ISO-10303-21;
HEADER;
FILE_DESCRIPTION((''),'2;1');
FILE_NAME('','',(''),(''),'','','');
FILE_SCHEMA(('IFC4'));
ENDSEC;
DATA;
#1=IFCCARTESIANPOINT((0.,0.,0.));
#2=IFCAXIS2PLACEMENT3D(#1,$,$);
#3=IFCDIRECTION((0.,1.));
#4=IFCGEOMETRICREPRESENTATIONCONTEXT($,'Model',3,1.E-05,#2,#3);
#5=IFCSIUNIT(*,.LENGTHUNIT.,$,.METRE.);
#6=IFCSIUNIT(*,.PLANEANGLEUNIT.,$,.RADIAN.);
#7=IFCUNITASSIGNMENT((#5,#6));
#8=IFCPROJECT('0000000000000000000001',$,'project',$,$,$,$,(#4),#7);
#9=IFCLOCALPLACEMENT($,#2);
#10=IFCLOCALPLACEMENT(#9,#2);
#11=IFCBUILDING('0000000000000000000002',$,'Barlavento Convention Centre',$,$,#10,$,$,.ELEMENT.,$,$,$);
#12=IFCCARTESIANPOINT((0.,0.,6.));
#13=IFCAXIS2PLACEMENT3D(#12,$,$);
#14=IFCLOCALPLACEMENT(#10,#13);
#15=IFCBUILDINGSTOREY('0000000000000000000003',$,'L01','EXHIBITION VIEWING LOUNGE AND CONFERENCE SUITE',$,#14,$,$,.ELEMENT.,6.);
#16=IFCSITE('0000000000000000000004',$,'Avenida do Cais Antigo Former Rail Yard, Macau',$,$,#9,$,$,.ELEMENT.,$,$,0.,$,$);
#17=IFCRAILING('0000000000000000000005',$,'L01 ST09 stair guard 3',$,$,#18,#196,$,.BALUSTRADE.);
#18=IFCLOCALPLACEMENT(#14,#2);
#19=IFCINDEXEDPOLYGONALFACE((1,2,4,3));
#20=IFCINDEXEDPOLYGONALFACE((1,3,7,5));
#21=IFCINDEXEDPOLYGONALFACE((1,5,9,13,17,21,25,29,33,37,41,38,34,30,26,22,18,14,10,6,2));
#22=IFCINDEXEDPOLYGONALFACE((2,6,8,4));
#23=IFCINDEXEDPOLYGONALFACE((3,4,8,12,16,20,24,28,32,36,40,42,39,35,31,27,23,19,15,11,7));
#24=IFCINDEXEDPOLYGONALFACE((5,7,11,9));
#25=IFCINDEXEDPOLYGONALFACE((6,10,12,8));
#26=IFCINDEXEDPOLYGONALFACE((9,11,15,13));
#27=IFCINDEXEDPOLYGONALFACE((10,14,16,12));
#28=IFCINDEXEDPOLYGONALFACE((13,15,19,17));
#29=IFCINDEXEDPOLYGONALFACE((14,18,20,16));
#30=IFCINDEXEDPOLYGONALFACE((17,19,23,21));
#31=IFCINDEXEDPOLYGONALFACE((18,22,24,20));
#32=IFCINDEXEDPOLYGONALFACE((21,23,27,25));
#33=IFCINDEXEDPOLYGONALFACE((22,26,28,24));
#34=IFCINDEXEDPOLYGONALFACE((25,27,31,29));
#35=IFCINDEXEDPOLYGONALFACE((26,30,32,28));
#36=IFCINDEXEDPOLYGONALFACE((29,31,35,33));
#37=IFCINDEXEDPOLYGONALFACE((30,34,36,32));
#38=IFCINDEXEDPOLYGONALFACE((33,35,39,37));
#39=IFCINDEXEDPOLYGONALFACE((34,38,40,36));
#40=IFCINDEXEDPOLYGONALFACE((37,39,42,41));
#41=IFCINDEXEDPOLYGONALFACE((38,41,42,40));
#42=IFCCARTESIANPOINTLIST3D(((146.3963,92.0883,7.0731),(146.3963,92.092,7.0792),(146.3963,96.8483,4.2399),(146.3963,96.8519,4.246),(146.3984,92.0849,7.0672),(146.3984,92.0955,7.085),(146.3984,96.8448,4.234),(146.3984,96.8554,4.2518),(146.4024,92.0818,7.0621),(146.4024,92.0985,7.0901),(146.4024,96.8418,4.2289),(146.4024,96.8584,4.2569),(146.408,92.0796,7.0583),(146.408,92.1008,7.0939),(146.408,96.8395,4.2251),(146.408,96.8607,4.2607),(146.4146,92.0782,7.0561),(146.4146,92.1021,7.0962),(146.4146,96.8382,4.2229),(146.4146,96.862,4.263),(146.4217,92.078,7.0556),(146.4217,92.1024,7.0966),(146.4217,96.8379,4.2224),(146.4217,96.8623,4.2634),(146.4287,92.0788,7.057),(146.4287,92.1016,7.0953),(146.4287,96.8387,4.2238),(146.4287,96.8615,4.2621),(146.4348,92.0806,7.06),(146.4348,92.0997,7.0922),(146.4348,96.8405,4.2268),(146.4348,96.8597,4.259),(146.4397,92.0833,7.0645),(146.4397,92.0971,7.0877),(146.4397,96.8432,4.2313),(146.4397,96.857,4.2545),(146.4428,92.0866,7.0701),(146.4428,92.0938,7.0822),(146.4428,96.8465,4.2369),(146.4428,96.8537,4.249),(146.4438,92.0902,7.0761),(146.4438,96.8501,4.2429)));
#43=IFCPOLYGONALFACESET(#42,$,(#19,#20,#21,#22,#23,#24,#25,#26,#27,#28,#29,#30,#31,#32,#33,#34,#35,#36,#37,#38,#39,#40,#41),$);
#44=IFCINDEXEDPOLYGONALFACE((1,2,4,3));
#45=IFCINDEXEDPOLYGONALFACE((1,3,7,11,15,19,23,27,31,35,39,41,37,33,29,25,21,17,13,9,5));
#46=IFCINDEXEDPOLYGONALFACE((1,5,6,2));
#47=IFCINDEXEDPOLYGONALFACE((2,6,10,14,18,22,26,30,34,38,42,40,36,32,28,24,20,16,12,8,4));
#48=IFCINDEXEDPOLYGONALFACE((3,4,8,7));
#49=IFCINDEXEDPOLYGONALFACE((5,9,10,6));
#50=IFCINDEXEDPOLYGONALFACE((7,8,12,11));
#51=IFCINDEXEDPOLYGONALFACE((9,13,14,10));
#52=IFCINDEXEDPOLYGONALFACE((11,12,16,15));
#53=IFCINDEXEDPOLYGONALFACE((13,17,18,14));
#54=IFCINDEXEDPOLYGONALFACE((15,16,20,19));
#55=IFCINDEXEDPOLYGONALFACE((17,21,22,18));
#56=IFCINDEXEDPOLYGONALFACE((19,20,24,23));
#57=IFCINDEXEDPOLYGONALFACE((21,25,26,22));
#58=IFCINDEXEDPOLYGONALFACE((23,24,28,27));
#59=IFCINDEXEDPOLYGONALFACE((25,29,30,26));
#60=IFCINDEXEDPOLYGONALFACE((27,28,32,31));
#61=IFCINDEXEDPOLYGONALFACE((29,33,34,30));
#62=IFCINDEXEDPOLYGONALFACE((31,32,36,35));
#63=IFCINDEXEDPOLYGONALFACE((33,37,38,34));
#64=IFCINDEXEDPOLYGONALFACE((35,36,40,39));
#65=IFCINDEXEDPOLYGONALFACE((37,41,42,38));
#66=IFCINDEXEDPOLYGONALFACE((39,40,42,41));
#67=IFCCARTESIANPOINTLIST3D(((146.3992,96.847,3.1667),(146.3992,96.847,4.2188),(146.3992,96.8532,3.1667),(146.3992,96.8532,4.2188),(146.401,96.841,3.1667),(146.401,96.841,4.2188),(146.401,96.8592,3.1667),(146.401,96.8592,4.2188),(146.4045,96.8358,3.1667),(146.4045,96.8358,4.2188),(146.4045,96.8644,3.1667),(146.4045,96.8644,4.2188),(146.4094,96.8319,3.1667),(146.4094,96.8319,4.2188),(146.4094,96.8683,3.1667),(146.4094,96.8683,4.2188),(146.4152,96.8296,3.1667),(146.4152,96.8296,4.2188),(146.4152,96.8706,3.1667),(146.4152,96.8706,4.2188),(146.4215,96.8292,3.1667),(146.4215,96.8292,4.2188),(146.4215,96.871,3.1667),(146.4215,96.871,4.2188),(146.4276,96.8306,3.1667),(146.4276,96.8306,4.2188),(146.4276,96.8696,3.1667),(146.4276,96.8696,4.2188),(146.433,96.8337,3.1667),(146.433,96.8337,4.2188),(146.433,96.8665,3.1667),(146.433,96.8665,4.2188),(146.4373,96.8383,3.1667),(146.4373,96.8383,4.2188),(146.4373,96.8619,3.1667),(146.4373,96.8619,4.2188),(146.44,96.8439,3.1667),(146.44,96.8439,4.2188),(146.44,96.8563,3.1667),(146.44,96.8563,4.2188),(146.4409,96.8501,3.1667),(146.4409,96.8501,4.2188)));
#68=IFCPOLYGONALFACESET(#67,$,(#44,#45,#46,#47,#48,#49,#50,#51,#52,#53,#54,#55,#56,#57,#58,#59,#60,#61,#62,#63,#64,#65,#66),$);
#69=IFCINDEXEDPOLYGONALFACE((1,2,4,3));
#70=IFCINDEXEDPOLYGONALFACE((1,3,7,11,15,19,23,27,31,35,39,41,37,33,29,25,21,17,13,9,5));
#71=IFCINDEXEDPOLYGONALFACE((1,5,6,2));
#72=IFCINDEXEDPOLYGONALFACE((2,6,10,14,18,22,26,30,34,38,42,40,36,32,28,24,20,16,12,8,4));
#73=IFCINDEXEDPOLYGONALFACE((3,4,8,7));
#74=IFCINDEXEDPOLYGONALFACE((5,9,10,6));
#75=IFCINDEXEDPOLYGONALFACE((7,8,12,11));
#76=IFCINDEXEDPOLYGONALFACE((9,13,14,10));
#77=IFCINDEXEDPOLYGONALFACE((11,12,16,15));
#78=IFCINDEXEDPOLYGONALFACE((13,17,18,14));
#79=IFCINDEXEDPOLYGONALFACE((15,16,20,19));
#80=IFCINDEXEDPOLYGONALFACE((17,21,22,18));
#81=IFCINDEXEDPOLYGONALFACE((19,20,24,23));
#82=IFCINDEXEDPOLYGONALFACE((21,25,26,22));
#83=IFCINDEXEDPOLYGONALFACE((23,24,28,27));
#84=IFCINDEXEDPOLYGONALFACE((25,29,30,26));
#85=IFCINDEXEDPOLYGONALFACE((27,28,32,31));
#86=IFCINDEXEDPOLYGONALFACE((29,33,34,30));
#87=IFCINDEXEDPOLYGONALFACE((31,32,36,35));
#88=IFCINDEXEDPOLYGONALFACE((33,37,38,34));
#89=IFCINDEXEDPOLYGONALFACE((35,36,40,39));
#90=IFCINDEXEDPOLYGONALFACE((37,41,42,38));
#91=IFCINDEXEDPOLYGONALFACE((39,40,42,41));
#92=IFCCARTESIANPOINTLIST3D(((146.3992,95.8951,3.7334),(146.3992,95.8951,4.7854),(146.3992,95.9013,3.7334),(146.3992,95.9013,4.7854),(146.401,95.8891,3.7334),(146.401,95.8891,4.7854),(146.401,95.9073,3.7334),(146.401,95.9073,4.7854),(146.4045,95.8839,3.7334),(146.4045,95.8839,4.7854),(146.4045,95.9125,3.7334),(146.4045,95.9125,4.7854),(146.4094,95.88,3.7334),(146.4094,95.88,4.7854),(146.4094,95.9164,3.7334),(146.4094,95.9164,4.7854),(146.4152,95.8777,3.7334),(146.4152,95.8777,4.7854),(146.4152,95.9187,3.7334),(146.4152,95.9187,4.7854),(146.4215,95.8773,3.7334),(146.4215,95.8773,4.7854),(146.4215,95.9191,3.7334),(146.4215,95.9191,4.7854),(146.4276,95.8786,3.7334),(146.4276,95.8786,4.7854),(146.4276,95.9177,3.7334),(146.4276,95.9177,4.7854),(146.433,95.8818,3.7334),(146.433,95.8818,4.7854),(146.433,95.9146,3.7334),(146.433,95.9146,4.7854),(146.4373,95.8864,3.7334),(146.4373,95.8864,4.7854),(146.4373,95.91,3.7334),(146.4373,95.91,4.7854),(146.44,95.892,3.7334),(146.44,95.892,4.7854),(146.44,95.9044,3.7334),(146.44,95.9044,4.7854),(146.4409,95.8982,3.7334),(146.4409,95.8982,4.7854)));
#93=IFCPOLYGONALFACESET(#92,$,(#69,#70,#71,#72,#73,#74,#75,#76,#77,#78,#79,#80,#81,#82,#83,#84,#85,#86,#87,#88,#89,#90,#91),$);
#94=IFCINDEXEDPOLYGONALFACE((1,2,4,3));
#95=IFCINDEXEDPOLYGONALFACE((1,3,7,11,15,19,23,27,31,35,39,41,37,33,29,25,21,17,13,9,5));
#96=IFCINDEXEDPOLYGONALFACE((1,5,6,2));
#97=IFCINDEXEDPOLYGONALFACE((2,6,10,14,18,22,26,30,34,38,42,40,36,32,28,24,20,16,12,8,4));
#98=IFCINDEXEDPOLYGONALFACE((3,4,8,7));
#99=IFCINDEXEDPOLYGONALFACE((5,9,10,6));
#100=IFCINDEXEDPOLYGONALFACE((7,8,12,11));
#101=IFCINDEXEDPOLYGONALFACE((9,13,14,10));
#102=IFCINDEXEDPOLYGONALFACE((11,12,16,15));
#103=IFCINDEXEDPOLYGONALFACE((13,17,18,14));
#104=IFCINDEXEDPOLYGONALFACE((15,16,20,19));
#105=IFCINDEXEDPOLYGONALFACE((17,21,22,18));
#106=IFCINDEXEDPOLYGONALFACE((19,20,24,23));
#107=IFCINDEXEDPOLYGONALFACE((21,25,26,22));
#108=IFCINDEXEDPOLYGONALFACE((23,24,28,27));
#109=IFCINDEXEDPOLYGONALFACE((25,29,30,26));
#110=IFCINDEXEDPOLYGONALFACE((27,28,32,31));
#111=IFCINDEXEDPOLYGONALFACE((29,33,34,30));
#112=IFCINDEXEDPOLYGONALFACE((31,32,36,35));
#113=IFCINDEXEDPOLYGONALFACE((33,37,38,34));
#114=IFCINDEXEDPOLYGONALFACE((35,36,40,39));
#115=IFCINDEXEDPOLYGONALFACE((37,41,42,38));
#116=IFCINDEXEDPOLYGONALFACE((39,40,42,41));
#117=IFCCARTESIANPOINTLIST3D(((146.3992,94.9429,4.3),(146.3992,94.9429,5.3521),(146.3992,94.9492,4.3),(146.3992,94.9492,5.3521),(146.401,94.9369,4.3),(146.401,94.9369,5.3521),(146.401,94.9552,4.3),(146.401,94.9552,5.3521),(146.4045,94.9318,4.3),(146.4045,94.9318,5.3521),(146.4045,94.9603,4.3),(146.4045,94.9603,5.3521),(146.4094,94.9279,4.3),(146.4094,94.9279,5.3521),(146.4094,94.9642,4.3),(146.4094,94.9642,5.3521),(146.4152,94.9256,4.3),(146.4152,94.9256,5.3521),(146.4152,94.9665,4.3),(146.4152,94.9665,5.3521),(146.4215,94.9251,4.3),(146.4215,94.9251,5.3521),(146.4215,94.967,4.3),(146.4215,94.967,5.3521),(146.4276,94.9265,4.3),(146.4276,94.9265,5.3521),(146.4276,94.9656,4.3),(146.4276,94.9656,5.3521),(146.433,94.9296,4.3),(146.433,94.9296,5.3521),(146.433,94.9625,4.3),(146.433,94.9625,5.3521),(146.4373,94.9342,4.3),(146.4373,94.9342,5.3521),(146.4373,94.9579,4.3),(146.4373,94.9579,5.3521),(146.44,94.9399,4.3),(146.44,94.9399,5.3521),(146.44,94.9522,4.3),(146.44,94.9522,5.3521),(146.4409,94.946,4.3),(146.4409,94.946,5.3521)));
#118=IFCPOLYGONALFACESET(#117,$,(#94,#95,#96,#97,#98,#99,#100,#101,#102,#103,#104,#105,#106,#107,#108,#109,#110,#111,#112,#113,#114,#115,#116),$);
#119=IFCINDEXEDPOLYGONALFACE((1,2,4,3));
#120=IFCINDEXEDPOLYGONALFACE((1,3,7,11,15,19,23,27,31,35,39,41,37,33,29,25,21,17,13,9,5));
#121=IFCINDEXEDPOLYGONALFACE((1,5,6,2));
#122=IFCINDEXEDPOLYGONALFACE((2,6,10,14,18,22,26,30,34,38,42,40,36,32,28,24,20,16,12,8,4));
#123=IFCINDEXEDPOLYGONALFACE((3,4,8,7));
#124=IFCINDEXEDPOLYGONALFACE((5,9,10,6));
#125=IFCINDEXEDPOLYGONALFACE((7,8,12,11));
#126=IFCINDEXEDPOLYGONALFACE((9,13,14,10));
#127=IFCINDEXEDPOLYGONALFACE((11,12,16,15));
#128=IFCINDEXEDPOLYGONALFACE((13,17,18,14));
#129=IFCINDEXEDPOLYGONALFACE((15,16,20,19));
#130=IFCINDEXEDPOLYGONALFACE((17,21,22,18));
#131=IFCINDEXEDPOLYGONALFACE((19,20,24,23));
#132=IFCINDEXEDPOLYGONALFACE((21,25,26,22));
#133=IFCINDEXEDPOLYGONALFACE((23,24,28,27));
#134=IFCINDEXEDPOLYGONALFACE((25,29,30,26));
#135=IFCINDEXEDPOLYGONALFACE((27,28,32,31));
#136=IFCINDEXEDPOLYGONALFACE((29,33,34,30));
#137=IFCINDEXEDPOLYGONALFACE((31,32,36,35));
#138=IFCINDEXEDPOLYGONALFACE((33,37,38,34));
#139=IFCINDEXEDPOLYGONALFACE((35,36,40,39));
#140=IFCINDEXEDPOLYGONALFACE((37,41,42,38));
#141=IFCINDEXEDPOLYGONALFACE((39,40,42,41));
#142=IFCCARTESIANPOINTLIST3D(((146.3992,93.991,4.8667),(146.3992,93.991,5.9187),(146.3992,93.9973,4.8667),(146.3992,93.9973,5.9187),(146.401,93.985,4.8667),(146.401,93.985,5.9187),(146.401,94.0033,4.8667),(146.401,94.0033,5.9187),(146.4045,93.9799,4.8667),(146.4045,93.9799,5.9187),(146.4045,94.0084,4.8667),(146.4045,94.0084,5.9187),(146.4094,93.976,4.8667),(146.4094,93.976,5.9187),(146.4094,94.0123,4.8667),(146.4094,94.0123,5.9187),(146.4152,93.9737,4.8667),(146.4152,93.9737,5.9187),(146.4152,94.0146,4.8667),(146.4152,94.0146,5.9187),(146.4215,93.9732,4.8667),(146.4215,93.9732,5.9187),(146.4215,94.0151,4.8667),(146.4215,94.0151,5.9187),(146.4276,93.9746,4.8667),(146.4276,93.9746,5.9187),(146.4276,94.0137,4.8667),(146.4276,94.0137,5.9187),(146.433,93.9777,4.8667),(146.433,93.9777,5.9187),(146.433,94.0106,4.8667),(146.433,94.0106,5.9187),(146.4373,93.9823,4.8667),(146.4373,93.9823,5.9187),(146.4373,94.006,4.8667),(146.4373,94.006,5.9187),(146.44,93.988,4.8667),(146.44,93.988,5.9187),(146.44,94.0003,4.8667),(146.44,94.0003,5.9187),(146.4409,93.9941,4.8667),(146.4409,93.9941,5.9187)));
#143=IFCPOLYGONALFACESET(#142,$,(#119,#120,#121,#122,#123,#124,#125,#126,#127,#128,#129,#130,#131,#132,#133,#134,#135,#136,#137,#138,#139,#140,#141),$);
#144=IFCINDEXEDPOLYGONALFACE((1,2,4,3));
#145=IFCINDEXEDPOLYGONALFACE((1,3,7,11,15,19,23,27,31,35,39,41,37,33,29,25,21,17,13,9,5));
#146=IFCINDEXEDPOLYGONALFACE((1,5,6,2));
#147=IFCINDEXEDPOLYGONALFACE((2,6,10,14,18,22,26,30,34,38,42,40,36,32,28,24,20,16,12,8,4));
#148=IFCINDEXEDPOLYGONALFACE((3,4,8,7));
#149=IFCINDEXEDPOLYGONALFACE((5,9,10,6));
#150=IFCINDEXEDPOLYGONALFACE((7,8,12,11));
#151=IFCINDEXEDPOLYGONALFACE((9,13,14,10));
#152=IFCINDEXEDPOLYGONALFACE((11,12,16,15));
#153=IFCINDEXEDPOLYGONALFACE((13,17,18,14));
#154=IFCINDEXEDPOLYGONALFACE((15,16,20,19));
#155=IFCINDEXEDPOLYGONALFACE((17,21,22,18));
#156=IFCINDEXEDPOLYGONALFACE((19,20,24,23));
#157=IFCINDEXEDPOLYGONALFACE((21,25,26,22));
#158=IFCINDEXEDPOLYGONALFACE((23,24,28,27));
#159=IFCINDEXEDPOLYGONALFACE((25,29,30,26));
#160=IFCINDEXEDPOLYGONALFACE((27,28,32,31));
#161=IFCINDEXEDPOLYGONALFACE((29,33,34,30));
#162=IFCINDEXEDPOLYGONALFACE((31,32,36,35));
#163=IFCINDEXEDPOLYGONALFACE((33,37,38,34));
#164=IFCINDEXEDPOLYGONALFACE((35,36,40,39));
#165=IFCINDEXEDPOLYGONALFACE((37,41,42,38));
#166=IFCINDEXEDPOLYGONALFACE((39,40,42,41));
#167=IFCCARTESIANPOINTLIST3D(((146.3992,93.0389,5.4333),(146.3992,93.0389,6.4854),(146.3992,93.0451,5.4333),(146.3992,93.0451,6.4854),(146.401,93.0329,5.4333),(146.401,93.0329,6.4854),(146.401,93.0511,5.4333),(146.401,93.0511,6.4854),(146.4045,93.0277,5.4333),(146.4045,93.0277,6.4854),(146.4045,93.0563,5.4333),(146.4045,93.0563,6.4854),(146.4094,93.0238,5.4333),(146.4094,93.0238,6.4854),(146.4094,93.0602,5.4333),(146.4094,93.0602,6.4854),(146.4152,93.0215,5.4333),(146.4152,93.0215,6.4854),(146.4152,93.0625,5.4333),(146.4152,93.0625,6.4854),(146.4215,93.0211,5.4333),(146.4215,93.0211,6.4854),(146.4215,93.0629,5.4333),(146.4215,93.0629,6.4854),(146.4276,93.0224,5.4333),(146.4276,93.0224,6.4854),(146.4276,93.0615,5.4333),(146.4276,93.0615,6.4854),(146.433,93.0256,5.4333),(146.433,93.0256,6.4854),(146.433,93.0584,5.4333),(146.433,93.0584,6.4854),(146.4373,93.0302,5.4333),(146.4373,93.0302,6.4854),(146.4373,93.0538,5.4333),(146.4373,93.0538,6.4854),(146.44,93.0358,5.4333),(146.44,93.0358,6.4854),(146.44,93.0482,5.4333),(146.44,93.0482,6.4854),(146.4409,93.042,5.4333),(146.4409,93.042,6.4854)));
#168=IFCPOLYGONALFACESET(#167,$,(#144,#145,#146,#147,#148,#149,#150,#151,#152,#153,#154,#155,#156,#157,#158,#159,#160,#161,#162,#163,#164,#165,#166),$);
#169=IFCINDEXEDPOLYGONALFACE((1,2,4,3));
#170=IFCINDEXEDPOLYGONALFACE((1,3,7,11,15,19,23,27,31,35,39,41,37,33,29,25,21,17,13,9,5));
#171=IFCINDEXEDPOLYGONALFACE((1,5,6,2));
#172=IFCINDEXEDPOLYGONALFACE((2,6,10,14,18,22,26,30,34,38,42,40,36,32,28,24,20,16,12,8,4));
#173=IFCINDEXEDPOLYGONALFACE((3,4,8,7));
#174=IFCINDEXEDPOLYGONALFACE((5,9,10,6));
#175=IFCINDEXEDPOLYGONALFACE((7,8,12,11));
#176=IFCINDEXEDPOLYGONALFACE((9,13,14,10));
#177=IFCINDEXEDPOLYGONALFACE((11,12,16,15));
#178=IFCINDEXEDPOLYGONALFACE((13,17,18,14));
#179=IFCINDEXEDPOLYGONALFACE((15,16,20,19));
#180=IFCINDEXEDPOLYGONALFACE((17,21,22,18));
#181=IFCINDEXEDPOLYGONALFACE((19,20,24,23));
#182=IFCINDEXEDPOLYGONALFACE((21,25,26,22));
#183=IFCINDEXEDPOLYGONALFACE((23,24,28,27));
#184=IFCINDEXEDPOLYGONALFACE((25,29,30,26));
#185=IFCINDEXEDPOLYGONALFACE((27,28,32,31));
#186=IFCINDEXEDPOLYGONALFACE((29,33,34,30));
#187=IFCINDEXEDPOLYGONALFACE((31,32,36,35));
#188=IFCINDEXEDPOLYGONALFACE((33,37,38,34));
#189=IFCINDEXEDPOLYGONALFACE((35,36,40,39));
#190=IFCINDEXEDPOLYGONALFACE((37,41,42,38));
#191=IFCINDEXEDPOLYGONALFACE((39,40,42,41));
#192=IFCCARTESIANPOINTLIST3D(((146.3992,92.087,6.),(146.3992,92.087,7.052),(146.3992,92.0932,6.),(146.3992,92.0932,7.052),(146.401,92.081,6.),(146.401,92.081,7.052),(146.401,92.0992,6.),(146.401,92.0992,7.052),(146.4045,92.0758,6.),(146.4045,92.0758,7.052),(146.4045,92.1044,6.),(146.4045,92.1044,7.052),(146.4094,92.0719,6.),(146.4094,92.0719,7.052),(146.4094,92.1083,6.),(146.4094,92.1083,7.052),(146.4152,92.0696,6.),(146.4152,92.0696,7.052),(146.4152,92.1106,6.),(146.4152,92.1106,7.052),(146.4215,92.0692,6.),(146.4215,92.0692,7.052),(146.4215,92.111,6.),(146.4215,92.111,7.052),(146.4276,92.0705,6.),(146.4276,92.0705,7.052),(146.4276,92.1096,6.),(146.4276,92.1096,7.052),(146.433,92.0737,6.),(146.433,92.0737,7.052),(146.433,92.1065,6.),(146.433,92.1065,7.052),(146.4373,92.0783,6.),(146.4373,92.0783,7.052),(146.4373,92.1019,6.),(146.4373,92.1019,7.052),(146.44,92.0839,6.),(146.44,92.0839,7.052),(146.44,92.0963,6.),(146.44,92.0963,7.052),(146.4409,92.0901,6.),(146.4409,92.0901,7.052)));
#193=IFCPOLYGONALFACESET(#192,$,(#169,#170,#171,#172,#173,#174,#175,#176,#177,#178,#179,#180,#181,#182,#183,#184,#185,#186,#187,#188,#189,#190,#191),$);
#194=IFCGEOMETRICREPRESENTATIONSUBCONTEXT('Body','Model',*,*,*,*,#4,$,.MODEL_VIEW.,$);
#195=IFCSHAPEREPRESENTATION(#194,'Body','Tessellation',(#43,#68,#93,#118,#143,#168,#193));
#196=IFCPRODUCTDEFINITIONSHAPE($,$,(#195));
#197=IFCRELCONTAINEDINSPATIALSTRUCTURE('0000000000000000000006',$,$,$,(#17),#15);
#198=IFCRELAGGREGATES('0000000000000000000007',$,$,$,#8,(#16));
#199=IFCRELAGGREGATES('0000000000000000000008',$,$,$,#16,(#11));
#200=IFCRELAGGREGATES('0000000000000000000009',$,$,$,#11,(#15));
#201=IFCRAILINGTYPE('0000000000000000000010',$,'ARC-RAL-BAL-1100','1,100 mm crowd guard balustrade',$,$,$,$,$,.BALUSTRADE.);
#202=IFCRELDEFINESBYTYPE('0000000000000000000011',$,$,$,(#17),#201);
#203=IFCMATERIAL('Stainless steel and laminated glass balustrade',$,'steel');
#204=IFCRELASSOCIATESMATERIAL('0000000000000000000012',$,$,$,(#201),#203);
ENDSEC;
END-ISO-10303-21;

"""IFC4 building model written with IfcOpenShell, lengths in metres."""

from ifc_helpers import new_model, si_unit, direction, frame, origin, origin_2d, place, context, subcontext, project, spatial, circle, extrude, material, type_object, element, save


model = new_model("IFC4")

# Units and contexts
model_context = context("Model", 3, precision=1e-05, world=origin(), true_north=direction((0.0, 1.0)))
body_context = subcontext(model_context, "Body", "Model", "MODEL_VIEW")
ifc_project = project(units=[si_unit("LENGTHUNIT", "METRE"), si_unit("PLANEANGLEUNIT", "RADIAN")], contexts=[model_context])

# Site, building, storey
site_placement = place(None, origin())
site = spatial("IfcSite", under=ifc_project, at=site_placement, Name="Avenida do Cais Antigo Former Rail Yard, Macau", CompositionType="ELEMENT", RefElevation=0.0)
building_placement = place(site_placement, origin())
building = spatial("IfcBuilding", under=site, at=building_placement, Name="Barlavento Convention Centre", CompositionType="ELEMENT")
storey_placement = place(building_placement, frame((0.0, 0.0, 6.0)))
storey = spatial("IfcBuildingStorey", under=building, at=storey_placement, Name="L01", Description="EXHIBITION VIEWING LOUNGE AND CONFERENCE SUITE", CompositionType="ELEMENT", Elevation=6.0)

# Railing
ifc_material_1 = material(Name="Stainless steel and laminated glass balustrade", Category="steel")
railing_type_1 = type_object("IfcRailingType", Name="ARC-RAL-BAL-1100", Description="1,100 mm crowd guard balustrade", PredefinedType="BALUSTRADE", material=ifc_material_1)
railing_1_placement = place(storey_placement, frame((146.4199, 96.8501, 3.1667)))
element("IfcRailing", 1, at=railing_1_placement, inside=storey, type_object=railing_type_1, Name="L01 ST09 stair guard 3", PredefinedType="BALUSTRADE", context=body_context, shape_type="SweptSolid", body=[
    extrude(circle(Radius=0.0239, at=origin_2d()), frame((0.0, 0.0, 1.0762), z_axis=(0.0, -0.8593, 0.511472), x_axis=(1.0, 0.0, 0.0)), (0.0, 0.0, 1.0), 5.5393),
    extrude(circle(Radius=0.021, at=origin_2d()), origin(), (0.0, 0.0, 1.0), 1.052),
    extrude(circle(Radius=0.021, at=origin_2d()), frame((0.0, -0.9519, 0.5667)), (0.0, 0.0, 1.0), 1.052),
    extrude(circle(Radius=0.021, at=origin_2d()), frame((0.0, -1.9041, 1.1333)), (0.0, 0.0, 1.0), 1.052),
    extrude(circle(Radius=0.021, at=origin_2d()), frame((0.0, -2.856, 1.7)), (0.0, 0.0, 1.0), 1.052),
    extrude(circle(Radius=0.021, at=origin_2d()), frame((0.0, -3.8081, 2.2666)), (0.0, 0.0, 1.0), 1.052),
    extrude(circle(Radius=0.021, at=origin_2d()), frame((0.0, -4.76, 2.8333)), (0.0, 0.0, 1.0), 1.052),
])

save(model, "model.ifc")
